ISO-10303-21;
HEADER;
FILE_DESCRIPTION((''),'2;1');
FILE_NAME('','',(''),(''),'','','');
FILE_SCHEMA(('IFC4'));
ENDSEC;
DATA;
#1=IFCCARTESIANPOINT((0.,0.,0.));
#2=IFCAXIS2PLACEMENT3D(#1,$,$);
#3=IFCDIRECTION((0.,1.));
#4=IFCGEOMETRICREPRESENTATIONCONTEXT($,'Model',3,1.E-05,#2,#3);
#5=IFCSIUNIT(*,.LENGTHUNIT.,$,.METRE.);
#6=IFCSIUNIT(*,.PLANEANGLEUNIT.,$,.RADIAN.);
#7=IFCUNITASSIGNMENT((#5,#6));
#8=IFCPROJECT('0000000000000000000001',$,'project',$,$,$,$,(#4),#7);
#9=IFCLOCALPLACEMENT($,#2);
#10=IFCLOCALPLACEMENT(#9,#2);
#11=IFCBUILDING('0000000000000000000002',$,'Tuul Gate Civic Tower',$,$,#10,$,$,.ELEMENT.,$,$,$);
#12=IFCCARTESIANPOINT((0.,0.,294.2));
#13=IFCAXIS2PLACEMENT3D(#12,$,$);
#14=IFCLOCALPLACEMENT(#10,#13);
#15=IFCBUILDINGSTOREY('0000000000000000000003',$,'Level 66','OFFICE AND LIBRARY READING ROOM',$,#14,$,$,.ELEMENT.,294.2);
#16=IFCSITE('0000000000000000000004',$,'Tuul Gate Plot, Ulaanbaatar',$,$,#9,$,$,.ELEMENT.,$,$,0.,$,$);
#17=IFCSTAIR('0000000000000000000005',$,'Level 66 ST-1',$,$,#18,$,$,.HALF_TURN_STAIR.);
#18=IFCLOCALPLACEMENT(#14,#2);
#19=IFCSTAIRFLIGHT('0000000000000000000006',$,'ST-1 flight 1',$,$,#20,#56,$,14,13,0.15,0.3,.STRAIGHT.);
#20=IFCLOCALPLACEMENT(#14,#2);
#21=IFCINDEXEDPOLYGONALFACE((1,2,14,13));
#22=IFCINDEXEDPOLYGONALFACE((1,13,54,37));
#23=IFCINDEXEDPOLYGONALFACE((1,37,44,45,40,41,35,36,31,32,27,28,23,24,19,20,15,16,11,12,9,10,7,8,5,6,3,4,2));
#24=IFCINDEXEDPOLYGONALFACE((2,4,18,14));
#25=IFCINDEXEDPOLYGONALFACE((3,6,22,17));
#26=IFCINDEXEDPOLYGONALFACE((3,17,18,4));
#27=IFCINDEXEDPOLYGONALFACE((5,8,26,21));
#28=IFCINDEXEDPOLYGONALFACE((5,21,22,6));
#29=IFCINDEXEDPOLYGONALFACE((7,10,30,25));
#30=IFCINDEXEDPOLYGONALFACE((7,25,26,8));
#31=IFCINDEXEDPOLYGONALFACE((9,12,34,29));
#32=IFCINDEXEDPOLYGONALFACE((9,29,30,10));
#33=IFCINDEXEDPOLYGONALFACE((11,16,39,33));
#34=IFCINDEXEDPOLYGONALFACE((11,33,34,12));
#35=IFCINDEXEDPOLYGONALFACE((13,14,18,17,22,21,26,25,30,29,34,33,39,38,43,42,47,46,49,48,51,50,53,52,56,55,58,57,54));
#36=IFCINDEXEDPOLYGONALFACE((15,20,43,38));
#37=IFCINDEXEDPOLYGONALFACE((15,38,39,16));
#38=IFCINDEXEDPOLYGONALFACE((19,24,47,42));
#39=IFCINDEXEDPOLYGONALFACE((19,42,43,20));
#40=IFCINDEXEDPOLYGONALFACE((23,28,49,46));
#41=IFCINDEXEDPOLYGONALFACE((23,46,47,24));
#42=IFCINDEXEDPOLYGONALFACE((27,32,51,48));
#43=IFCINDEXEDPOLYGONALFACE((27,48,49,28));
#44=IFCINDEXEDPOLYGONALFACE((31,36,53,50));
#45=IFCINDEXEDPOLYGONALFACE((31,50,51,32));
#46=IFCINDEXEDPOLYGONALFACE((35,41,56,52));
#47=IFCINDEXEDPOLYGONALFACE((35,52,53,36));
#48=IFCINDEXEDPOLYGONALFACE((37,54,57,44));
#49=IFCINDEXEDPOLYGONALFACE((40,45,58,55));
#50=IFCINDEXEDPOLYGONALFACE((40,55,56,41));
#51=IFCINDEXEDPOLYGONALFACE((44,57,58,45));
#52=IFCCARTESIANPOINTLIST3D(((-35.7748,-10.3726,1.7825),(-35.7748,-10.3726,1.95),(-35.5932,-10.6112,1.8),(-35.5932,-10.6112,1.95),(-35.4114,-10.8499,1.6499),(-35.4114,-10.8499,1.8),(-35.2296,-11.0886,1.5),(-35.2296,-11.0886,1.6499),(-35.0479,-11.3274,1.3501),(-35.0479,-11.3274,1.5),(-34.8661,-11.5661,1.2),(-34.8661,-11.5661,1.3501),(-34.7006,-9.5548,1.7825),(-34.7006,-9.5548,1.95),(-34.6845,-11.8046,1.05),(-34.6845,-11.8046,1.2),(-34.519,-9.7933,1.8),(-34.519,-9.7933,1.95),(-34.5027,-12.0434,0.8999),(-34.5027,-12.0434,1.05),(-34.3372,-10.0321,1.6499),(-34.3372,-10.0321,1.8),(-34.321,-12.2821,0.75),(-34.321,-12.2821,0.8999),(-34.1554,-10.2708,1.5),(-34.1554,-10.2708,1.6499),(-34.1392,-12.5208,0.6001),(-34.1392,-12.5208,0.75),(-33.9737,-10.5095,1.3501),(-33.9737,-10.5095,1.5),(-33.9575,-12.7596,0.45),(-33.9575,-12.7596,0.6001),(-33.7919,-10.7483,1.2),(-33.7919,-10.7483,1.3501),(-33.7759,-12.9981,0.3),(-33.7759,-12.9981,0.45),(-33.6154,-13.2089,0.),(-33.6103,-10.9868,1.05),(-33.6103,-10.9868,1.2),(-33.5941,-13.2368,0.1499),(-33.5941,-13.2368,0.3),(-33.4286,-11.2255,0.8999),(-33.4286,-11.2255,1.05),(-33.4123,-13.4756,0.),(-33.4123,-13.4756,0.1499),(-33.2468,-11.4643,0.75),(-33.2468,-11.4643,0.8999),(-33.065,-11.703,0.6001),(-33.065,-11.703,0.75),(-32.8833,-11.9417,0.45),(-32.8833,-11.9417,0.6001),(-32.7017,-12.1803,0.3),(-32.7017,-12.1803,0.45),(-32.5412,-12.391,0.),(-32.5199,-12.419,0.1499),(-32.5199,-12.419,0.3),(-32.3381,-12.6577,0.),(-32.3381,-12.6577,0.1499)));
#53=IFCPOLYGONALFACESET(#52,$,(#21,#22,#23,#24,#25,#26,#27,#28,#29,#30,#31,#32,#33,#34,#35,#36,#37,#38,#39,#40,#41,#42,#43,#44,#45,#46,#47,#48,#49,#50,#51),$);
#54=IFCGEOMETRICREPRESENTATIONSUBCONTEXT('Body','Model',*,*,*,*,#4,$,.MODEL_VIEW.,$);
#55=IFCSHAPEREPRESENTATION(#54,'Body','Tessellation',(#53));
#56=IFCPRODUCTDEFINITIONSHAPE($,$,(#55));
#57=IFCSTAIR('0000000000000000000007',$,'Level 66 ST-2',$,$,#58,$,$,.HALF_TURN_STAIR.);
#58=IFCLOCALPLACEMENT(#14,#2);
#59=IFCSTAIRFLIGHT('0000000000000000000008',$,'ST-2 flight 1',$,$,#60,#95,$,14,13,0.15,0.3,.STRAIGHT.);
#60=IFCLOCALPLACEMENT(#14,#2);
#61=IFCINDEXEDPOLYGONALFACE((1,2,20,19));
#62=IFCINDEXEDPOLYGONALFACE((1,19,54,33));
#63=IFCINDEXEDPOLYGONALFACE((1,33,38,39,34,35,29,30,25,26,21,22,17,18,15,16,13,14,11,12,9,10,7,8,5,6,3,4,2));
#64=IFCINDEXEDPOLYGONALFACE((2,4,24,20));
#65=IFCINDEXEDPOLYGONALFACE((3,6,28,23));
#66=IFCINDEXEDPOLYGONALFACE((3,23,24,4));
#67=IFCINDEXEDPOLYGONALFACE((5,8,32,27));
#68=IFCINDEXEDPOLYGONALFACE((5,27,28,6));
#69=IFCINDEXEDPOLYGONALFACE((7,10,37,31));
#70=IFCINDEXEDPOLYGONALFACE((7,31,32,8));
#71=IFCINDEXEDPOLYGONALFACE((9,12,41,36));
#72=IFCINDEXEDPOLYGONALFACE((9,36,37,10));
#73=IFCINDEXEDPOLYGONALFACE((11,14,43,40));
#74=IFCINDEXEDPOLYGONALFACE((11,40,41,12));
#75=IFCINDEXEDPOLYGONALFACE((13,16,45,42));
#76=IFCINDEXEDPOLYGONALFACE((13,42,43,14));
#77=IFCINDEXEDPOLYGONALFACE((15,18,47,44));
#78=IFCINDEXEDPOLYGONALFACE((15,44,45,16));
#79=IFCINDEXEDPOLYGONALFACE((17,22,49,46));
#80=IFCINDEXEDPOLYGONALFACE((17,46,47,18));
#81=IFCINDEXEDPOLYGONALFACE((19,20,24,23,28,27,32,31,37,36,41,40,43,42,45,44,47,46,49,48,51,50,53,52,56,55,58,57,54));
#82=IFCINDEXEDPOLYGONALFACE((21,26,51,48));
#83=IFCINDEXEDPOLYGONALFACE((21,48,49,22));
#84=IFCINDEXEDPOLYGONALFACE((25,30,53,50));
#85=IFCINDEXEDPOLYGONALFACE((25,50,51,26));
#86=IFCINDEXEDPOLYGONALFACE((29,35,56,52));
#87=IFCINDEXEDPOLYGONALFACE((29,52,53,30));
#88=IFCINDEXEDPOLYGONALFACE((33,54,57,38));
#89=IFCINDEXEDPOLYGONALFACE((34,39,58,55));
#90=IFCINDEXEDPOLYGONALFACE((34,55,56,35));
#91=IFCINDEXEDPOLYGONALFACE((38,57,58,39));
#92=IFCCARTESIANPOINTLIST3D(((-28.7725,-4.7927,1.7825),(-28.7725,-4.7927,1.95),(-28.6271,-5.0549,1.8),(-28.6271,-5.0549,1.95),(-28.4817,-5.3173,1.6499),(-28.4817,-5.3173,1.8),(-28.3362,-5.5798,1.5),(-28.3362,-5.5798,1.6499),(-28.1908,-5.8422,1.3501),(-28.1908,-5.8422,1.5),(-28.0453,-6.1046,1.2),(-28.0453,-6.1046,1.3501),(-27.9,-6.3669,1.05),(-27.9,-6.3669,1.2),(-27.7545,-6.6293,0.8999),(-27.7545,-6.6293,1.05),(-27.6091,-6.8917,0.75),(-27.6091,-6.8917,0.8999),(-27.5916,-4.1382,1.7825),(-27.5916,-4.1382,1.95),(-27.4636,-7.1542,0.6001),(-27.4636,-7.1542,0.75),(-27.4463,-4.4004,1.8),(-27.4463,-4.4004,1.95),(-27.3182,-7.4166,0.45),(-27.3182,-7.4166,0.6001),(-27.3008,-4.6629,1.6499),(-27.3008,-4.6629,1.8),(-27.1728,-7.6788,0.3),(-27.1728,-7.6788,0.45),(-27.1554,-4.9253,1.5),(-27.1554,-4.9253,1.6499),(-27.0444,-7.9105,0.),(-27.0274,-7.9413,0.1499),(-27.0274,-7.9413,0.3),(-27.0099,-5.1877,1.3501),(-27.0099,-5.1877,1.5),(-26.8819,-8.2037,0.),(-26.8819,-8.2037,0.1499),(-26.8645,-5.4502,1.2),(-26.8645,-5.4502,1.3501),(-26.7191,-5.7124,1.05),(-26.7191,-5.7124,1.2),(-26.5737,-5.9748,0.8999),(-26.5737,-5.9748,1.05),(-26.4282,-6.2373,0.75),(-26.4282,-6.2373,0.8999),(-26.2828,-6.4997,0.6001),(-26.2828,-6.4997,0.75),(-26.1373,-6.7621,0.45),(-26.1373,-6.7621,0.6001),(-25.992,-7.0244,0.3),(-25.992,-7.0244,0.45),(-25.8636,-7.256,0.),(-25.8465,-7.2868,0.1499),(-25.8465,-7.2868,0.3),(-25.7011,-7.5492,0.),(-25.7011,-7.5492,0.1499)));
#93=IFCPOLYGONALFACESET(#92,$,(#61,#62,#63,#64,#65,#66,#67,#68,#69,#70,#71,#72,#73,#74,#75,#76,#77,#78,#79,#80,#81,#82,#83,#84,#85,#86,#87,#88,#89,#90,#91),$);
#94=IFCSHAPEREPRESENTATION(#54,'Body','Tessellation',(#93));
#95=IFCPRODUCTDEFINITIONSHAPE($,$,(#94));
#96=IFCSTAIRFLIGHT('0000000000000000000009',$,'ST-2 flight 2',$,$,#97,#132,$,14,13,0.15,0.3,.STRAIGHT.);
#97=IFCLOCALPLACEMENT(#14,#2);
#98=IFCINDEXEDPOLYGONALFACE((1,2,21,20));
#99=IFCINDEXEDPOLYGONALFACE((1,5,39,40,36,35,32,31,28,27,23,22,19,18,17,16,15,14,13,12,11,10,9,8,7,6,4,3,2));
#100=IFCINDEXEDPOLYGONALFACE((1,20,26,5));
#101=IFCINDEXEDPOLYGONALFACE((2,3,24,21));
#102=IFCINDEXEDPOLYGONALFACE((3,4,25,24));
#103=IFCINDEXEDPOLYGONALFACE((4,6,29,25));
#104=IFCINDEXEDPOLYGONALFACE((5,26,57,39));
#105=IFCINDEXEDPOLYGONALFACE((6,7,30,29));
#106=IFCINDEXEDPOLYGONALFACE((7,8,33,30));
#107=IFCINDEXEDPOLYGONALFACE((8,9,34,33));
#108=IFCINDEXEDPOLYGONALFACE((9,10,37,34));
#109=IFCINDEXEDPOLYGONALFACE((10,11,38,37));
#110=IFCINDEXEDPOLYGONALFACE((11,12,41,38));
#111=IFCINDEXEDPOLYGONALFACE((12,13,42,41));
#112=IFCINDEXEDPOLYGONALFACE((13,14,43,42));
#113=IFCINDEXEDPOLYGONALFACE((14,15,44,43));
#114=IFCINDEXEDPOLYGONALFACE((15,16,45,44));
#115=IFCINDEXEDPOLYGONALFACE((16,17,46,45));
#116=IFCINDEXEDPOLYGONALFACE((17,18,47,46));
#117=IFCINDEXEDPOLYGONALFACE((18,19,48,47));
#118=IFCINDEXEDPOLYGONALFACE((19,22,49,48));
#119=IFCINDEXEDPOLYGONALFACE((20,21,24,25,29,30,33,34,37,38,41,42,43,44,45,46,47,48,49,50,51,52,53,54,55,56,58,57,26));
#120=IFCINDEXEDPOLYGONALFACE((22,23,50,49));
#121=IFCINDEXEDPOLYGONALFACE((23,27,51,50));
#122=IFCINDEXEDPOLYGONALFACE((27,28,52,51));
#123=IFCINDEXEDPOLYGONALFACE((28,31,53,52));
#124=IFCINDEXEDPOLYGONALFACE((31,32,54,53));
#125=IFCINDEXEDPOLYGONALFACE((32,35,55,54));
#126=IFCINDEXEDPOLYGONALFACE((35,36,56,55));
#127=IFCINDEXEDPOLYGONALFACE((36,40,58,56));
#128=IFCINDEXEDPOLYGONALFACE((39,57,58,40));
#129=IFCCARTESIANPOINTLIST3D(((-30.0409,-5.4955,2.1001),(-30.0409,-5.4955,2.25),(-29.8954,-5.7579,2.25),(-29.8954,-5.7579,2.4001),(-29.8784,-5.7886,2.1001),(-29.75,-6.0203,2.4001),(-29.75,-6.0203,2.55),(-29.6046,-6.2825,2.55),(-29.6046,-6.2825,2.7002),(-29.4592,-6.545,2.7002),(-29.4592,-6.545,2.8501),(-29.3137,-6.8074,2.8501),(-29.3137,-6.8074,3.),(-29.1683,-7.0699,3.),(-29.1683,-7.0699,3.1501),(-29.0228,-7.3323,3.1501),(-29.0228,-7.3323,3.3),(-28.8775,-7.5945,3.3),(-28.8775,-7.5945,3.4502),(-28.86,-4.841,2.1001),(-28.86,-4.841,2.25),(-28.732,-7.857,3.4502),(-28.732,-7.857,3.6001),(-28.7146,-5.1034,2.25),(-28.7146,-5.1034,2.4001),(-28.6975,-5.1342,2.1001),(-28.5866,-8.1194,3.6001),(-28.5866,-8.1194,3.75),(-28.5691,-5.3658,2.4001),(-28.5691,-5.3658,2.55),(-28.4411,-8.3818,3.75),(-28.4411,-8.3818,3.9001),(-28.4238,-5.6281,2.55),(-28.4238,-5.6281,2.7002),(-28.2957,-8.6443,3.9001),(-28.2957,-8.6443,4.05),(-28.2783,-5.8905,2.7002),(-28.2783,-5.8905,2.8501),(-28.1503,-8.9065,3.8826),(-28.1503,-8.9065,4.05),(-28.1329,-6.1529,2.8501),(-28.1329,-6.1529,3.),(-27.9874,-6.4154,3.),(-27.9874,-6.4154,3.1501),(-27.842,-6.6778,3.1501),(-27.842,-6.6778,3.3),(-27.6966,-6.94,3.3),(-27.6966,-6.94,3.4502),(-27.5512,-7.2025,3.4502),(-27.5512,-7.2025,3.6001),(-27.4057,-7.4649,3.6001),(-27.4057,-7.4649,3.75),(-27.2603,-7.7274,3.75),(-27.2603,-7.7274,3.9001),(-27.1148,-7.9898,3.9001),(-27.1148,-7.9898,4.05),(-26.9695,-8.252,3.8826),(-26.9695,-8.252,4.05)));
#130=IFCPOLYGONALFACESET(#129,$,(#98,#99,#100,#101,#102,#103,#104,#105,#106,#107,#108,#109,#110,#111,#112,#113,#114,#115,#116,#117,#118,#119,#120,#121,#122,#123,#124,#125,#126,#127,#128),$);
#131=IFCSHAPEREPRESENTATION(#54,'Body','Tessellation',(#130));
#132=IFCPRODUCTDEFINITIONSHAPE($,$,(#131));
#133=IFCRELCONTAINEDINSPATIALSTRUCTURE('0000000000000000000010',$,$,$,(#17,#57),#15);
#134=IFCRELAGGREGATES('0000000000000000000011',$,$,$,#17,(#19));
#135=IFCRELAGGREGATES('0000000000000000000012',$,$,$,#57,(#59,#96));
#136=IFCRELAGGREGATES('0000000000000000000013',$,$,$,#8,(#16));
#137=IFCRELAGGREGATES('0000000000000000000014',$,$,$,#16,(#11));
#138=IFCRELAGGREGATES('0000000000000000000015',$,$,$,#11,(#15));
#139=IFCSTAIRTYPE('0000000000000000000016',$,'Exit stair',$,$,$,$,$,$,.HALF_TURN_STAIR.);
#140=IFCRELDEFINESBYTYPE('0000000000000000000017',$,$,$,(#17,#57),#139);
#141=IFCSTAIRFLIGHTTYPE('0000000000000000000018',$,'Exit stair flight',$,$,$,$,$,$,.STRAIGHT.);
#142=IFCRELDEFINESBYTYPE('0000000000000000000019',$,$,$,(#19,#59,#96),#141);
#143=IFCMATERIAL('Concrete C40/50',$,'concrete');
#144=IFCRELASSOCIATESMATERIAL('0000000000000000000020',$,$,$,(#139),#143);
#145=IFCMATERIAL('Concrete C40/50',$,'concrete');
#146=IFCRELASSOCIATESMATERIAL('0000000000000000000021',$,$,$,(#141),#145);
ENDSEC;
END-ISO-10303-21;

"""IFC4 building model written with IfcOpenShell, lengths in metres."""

from ifc_helpers import new_model, si_unit, direction, frame, origin, place, context, subcontext, project, spatial, polyline, outline, extrude, material, type_object, element, aggregate, save


model = new_model("IFC4")

# Units and contexts
model_context = context("Model", 3, precision=1e-05, world=origin(), true_north=direction((0.0, 1.0)))
body_context = subcontext(model_context, "Body", "Model", "MODEL_VIEW")
ifc_project = project(units=[si_unit("LENGTHUNIT", "METRE"), si_unit("PLANEANGLEUNIT", "RADIAN")], contexts=[model_context])

# Site, building, storey
site_placement = place(None, origin())
site = spatial("IfcSite", under=ifc_project, at=site_placement, Name="Tuul Gate Plot, Ulaanbaatar", CompositionType="ELEMENT", RefElevation=0.0)
building_placement = place(site_placement, origin())
building = spatial("IfcBuilding", under=site, at=building_placement, Name="Tuul Gate Civic Tower", CompositionType="ELEMENT")
storey_placement = place(building_placement, frame((0.0, 0.0, 294.2)))
storey = spatial("IfcBuildingStorey", under=building, at=storey_placement, Name="Level 66", Description="OFFICE AND LIBRARY READING ROOM", CompositionType="ELEMENT", Elevation=294.2)

# Stair, stair flight
ifc_material_1 = material(Name="Concrete C40/50", Category="concrete")
stair_type = type_object("IfcStairType", Name="Exit stair", PredefinedType="HALF_TURN_STAIR", material=ifc_material_1)
stair_1_placement = place(storey_placement, origin())
stair_1 = element("IfcStair", 1, at=stair_1_placement, inside=storey, type_object=stair_type, Name="Level 66 ST-1", PredefinedType="HALF_TURN_STAIR")
ifc_material_2 = material(Name="Concrete C40/50", Category="concrete")
stair_flight_type = type_object("IfcStairFlightType", Name="Exit stair flight", PredefinedType="STRAIGHT", material=ifc_material_2)
stair_flight_1_placement = place(storey_placement, frame((-32.8752, -13.0667, 0.0), z_axis=(0.0, 0.0, 1.0), x_axis=(-0.605764, 0.795644, 0.0)))
stair_flight_1 = element("IfcStairFlight", 2, at=stair_flight_1_placement, type_object=stair_flight_type, Name="ST-1 flight 1", NumberOfRisers=14, NumberOfTreads=13, PredefinedType="STRAIGHT", RiserHeight=0.15, TreadLength=0.3, context=body_context, shape_type="SweptSolid", body=[
    extrude(outline(polyline([(0.0, 0.0), (0.0, 0.1499), (0.3, 0.1499), (0.3, 0.3), (0.6001, 0.3), (0.6001, 0.45), (0.8999, 0.45), (0.8999, 0.6001), (1.2, 0.6001), (1.2, 0.75), (1.5, 0.75), (1.5, 0.8999), (1.8, 0.8999), (1.8, 1.05), (2.1001, 1.05), (2.1001, 1.2), (2.3999, 1.2), (2.3999, 1.3501), (2.7, 1.3501), (2.7, 1.5), (3.0, 1.5), (3.0, 1.6499), (3.3, 1.6499), (3.3, 1.8), (3.6001, 1.8), (3.6001, 1.95), (3.8999, 1.95), (3.8999, 2.1001), (3.8999, 1.7825), (0.3352, 0.0), (0.0, 0.0)])), frame((0.0, 0.675, 0.0), z_axis=(0.0, -1.0, 0.0), x_axis=(1.0, 0.0, 0.0)), (0.0, 0.0, 1.0), 1.3501),
])
aggregate(stair_1, [stair_flight_1])

# Stair, stair flights
stair_2_placement = place(storey_placement, origin())
stair_2 = element("IfcStair", 3, at=stair_2_placement, inside=storey, type_object=stair_type, Name="Level 66 ST-2", PredefinedType="HALF_TURN_STAIR")
stair_flight_2_placement = place(storey_placement, frame((-26.2915, -7.8765, 0.0), z_axis=(0.0, 0.0, 1.0), x_axis=(-0.484762, 0.874646, 0.0)))
stair_flight_2 = element("IfcStairFlight", 4, at=stair_flight_2_placement, type_object=stair_flight_type, Name="ST-2 flight 1", NumberOfRisers=14, NumberOfTreads=13, PredefinedType="STRAIGHT", RiserHeight=0.15, TreadLength=0.3, context=body_context, shape_type="SweptSolid", body=[
    extrude(outline(polyline([(0.0, 0.0), (0.0, 0.1499), (0.3, 0.1499), (0.3, 0.3), (0.6001, 0.3), (0.6001, 0.45), (0.8999, 0.45), (0.8999, 0.6001), (1.2, 0.6001), (1.2, 0.75), (1.5, 0.75), (1.5, 0.8999), (1.8, 0.8999), (1.8, 1.05), (2.1001, 1.05), (2.1001, 1.2), (2.3999, 1.2), (2.3999, 1.3501), (2.7, 1.3501), (2.7, 1.5), (3.0, 1.5), (3.0, 1.6499), (3.3, 1.6499), (3.3, 1.8), (3.6001, 1.8), (3.6001, 1.95), (3.8999, 1.95), (3.8999, 2.1001), (3.8999, 1.7825), (0.3352, 0.0), (0.0, 0.0)])), frame((0.0, 0.675, 0.0), z_axis=(0.0, -1.0, 0.0), x_axis=(1.0, 0.0, 0.0)), (0.0, 0.0, 1.0), 1.3501),
])
stair_flight_3_placement = place(storey_placement, frame((-29.4504, -5.1682, 2.1001), z_axis=(0.0, 0.0, 1.0), x_axis=(0.484762, -0.874646, 0.0)))
stair_flight_3 = element("IfcStairFlight", 5, at=stair_flight_3_placement, type_object=stair_flight_type, Name="ST-2 flight 2", NumberOfRisers=14, NumberOfTreads=13, PredefinedType="STRAIGHT", RiserHeight=0.15, TreadLength=0.3, context=body_context, shape_type="SweptSolid", body=[
    extrude(outline(polyline([(0.0, 0.0), (0.0, 0.1499), (0.3, 0.1499), (0.3, 0.3), (0.6001, 0.3), (0.6001, 0.45), (0.8999, 0.45), (0.8999, 0.6001), (1.2, 0.6001), (1.2, 0.75), (1.5, 0.75), (1.5, 0.8999), (1.8, 0.8999), (1.8, 1.05), (2.1001, 1.05), (2.1001, 1.2), (2.3999, 1.2), (2.3999, 1.3501), (2.7, 1.3501), (2.7, 1.5), (3.0, 1.5), (3.0, 1.6499), (3.3, 1.6499), (3.3, 1.8), (3.6001, 1.8), (3.6001, 1.95), (3.8999, 1.95), (3.8999, 2.1001), (3.8999, 1.7825), (0.3352, 0.0), (0.0, 0.0)])), frame((0.0, 0.675, 0.0), z_axis=(0.0, -1.0, 0.0), x_axis=(1.0, 0.0, 0.0)), (0.0, 0.0, 1.0), 1.3501),
])
aggregate(stair_2, [stair_flight_2, stair_flight_3])

save(model, "model.ifc")
